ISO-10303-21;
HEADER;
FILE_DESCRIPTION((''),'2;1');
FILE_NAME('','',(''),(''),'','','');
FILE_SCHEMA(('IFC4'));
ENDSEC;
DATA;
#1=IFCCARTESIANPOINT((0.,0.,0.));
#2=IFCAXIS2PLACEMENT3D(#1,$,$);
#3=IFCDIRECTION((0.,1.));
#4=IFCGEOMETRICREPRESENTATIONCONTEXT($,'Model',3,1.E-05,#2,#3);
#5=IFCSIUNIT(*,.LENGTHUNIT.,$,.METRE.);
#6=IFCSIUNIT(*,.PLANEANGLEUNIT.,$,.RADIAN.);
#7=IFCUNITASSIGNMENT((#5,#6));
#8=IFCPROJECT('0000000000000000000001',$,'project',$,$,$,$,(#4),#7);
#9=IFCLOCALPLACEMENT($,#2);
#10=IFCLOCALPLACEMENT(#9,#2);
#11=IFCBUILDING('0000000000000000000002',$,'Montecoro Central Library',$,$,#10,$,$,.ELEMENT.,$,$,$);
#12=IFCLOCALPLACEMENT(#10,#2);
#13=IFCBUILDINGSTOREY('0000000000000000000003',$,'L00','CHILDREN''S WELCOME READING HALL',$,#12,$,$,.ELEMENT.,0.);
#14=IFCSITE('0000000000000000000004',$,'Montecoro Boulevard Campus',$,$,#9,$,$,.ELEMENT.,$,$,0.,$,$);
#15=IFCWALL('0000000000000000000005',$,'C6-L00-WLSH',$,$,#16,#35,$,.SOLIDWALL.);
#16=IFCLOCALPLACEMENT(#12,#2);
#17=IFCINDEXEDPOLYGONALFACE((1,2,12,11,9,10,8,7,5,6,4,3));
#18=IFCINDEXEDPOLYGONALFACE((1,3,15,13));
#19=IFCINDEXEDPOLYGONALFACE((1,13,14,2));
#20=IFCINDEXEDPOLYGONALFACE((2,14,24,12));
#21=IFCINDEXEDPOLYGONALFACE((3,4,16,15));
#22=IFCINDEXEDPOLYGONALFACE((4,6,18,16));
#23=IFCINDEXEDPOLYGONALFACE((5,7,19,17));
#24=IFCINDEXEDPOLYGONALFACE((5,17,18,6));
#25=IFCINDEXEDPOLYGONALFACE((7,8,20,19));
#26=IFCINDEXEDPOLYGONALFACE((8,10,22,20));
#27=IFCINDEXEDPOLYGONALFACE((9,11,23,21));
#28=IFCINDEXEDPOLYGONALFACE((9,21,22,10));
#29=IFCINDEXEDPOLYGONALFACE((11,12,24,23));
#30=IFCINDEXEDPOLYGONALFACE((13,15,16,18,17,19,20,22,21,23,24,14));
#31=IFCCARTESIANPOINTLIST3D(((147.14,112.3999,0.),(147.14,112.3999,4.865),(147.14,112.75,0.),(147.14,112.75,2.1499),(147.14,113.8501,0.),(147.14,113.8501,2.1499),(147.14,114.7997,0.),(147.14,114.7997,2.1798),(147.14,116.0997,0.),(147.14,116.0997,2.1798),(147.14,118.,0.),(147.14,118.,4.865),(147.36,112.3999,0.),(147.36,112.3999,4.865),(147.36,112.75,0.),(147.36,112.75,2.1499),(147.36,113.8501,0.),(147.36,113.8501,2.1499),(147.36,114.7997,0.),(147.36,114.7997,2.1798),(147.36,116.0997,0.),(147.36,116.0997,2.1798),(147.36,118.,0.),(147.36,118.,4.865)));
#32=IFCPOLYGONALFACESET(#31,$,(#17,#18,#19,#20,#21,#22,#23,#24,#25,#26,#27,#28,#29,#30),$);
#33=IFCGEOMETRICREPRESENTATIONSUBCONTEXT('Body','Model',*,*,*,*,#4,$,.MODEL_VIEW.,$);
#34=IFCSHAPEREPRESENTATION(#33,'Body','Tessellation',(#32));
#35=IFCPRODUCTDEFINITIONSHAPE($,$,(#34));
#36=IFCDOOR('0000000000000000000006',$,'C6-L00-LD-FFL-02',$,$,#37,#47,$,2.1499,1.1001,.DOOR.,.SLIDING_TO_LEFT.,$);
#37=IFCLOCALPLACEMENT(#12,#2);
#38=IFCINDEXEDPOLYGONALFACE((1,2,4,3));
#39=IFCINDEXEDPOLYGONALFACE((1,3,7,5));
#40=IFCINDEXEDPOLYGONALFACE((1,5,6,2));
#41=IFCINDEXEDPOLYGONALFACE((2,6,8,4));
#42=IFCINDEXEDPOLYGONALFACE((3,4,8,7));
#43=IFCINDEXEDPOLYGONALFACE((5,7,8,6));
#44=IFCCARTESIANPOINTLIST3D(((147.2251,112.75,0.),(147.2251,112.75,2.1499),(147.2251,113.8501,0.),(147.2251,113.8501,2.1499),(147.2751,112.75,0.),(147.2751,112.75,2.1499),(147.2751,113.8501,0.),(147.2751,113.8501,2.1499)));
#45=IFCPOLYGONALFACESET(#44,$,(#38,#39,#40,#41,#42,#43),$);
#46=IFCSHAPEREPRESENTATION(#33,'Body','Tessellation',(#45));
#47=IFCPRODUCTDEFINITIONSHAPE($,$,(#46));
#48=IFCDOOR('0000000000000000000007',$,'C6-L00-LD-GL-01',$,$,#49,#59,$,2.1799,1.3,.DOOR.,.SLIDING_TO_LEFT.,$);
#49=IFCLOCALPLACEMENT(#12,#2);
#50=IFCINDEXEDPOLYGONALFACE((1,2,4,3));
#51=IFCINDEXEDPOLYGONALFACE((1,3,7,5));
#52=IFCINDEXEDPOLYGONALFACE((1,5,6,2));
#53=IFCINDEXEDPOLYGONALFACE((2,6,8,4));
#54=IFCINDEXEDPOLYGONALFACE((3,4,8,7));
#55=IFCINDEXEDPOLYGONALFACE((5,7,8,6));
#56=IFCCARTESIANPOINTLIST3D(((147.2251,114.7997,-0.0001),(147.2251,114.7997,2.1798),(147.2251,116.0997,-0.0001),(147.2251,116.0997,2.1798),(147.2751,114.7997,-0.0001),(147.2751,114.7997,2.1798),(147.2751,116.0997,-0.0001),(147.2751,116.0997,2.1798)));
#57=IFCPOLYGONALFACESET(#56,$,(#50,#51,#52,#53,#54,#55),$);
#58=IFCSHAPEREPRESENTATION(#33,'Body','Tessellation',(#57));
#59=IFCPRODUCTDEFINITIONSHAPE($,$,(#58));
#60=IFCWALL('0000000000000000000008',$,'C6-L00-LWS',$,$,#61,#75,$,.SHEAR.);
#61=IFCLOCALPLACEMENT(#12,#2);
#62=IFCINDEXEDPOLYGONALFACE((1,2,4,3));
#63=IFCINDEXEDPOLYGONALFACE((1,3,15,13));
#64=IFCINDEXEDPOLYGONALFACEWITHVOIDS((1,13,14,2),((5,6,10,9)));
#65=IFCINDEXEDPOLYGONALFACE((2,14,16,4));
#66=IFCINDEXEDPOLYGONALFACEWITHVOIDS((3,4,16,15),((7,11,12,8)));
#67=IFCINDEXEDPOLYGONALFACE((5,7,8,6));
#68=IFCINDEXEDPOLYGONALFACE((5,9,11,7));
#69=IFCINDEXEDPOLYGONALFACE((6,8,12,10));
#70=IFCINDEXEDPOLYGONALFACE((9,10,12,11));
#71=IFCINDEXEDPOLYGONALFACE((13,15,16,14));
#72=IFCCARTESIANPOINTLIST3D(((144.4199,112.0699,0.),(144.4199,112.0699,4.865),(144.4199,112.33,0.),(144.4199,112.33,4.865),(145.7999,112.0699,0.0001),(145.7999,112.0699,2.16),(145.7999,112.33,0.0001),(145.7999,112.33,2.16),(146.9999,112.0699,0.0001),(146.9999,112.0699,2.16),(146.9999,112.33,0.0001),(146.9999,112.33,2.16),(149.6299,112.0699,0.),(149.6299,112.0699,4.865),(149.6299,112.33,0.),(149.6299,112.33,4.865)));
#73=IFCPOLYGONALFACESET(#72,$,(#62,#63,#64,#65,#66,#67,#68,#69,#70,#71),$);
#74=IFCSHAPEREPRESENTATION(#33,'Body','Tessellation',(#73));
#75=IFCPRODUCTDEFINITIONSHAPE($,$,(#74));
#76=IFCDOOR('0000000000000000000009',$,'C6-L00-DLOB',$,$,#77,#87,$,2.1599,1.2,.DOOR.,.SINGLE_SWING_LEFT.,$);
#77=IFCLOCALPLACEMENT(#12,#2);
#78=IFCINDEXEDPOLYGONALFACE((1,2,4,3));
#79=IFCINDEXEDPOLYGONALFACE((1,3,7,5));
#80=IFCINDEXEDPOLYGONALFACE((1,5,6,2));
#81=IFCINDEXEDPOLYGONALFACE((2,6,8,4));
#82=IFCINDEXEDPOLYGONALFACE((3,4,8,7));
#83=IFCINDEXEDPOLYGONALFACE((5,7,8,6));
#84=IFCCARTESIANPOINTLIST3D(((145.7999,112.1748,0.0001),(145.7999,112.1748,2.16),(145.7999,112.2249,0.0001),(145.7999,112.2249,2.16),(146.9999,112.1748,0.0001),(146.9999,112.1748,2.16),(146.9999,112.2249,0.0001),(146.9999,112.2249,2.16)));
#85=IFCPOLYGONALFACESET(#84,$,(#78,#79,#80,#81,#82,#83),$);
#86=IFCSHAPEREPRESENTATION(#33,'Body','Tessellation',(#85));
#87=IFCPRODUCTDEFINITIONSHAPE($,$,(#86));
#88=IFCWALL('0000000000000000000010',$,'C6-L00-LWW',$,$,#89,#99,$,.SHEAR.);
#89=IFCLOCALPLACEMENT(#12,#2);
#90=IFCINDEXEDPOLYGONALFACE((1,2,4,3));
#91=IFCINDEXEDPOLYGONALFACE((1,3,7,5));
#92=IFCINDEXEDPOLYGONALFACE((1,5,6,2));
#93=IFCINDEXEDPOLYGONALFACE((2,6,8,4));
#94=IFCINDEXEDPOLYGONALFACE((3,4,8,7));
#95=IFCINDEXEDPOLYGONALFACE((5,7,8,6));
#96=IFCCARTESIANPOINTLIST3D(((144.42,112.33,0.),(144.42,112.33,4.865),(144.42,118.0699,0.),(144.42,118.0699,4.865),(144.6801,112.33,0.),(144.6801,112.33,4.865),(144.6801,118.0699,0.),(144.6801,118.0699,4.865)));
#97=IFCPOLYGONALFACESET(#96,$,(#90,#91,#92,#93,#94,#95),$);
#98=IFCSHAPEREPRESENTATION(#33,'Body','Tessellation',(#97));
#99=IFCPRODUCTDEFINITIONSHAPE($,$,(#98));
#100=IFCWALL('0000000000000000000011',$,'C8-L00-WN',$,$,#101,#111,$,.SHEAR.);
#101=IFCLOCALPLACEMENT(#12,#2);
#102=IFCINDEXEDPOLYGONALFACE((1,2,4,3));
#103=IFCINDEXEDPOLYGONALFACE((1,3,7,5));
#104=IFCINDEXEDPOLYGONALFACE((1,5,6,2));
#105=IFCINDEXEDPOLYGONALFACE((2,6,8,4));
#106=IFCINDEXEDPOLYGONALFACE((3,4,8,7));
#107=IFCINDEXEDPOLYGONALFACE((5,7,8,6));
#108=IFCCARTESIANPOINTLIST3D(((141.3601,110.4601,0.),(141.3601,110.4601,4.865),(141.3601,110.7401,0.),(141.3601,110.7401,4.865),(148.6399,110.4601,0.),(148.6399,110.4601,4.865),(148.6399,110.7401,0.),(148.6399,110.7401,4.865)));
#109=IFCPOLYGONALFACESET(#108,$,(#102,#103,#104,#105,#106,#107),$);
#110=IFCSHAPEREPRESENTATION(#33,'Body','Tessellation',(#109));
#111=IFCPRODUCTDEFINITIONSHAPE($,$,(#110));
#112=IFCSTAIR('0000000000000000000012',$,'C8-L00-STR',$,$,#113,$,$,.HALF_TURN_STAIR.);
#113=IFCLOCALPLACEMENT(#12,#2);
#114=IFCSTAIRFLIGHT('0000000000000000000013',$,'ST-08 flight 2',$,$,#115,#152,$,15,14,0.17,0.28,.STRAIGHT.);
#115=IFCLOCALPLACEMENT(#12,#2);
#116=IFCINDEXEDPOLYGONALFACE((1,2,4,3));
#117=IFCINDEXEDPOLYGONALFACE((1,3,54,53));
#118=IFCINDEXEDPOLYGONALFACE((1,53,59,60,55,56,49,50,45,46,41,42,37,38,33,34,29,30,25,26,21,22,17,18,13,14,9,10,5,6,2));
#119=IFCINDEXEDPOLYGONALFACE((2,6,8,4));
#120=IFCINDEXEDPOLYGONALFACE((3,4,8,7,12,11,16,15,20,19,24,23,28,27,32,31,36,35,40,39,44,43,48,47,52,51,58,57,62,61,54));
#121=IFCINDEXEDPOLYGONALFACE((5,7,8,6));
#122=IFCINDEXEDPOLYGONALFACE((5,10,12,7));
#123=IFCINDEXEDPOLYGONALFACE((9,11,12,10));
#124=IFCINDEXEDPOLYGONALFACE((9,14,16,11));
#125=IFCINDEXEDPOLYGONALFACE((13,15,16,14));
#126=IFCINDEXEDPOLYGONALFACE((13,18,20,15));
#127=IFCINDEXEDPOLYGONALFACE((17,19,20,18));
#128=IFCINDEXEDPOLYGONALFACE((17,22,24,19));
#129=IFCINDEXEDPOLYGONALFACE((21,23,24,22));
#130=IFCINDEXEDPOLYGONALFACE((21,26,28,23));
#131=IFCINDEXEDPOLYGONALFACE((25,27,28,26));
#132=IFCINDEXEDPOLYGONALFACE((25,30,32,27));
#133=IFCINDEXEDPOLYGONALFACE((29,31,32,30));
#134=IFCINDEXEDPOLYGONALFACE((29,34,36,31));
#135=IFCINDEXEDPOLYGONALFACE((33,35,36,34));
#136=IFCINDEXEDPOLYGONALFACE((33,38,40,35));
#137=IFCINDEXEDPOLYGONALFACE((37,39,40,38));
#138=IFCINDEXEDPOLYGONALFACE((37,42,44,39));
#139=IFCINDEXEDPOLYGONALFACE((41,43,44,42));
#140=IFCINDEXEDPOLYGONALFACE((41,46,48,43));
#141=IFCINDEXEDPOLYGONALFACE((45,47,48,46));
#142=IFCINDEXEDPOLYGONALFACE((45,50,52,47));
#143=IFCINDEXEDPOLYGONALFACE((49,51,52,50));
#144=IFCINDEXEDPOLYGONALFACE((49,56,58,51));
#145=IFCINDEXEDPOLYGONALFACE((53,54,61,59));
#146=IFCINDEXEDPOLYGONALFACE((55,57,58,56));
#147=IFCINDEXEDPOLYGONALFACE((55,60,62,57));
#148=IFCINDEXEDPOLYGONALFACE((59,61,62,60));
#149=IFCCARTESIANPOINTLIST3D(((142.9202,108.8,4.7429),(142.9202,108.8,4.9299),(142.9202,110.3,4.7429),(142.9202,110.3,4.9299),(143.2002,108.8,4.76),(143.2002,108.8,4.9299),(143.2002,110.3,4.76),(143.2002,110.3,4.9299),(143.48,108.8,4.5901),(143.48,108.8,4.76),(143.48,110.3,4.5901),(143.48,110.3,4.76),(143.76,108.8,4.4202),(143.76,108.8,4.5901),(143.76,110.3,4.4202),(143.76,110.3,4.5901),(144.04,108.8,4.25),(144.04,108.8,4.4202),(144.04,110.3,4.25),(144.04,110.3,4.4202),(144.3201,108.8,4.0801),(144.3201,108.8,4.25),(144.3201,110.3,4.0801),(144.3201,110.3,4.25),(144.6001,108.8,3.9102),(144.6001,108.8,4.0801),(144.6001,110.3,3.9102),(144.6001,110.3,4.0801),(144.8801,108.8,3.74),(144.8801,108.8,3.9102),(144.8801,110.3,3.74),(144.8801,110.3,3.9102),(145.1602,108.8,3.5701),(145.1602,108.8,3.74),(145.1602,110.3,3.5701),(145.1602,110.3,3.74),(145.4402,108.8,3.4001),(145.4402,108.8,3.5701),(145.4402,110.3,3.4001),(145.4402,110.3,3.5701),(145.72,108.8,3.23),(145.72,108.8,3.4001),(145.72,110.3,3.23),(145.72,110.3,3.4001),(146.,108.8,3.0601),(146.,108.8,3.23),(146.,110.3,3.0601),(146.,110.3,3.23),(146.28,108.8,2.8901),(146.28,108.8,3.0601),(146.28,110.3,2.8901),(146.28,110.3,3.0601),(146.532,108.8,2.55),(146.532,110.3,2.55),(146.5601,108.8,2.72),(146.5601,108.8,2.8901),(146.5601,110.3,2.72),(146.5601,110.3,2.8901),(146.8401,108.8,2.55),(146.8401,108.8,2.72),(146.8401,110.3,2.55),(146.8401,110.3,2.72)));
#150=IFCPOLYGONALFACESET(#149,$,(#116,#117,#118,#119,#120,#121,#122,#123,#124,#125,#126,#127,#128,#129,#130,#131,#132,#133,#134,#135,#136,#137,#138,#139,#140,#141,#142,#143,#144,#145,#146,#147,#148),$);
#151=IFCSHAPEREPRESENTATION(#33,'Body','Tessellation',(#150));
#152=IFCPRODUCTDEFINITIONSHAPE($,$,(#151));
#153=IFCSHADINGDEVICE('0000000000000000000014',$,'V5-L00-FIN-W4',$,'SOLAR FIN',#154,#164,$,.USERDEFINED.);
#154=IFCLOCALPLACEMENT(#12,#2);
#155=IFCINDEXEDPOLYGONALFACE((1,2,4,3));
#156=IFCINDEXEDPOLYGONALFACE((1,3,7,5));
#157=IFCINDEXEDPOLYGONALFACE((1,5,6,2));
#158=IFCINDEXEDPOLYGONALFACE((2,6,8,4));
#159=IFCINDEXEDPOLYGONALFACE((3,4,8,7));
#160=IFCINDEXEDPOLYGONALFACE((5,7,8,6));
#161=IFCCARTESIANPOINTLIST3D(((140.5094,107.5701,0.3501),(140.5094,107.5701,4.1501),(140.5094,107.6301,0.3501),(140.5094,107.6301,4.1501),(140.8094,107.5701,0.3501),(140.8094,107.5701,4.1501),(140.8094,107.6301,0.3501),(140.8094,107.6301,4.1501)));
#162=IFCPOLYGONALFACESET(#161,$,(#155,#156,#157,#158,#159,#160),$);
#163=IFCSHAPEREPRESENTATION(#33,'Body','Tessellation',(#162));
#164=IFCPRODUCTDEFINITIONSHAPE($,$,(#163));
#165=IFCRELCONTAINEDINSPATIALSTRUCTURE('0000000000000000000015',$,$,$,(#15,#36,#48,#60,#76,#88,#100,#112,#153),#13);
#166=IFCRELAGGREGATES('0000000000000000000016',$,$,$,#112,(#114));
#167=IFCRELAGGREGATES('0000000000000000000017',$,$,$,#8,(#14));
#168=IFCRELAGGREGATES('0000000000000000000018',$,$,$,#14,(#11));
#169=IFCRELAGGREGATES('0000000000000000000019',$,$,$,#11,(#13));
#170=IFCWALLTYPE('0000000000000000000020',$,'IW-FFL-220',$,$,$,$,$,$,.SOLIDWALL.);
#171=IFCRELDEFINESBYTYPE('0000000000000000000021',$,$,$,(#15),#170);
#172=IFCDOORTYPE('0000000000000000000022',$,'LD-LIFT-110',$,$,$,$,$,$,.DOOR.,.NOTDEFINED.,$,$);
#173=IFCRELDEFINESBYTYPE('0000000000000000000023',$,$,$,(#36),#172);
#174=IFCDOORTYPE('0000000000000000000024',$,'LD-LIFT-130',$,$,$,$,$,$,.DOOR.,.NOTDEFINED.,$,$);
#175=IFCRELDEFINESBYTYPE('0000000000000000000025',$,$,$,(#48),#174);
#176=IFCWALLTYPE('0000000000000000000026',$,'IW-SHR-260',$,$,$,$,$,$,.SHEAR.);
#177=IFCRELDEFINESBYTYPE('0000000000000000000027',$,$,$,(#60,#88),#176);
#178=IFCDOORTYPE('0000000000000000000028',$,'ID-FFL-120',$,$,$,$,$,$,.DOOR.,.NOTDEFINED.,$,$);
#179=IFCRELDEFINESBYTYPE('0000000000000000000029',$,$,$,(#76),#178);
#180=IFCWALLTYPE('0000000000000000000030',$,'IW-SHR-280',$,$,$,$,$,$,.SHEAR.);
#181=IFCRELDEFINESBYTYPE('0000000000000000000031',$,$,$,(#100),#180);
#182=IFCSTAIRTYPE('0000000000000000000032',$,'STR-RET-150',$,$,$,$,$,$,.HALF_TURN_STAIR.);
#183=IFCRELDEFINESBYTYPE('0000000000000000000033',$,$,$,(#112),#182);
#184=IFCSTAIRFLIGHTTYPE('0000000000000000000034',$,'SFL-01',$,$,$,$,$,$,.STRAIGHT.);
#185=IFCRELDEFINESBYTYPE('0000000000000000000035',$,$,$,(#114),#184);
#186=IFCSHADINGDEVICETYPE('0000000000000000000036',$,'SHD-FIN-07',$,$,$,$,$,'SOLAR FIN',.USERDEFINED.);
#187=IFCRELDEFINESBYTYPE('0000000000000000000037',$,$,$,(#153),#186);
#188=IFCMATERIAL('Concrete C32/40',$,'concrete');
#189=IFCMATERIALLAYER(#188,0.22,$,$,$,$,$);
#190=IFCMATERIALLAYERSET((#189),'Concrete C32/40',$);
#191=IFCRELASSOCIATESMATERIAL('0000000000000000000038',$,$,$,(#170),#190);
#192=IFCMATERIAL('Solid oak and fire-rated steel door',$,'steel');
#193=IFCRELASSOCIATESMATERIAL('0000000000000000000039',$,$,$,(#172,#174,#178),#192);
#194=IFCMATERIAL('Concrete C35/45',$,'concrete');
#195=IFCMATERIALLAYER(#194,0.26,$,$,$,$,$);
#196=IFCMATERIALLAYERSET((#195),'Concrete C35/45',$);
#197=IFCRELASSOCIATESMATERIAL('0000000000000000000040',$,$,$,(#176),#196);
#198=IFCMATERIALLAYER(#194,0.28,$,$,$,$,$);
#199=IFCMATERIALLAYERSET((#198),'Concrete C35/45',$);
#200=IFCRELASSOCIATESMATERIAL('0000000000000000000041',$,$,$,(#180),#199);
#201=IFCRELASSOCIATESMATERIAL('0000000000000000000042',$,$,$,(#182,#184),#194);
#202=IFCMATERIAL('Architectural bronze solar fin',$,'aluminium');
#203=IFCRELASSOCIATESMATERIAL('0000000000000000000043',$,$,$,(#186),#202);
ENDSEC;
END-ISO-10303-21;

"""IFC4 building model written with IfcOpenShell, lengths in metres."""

from ifc_helpers import new_model, si_unit, direction, frame, frame_2d, origin, origin_2d, place, context, subcontext, project, spatial, polyline, rectangle, outline, extrude, material, layer, layer_set, type_object, element, fill, aggregate, save


model = new_model("IFC4")

# Units and contexts
model_context = context("Model", 3, precision=1e-05, world=origin(), true_north=direction((0.0, 1.0)))
body_context = subcontext(model_context, "Body", "Model", "MODEL_VIEW")
ifc_project = project(units=[si_unit("LENGTHUNIT", "METRE"), si_unit("PLANEANGLEUNIT", "RADIAN")], contexts=[model_context])

# Site, building, storey
site_placement = place(None, origin())
site = spatial("IfcSite", under=ifc_project, at=site_placement, Name="Montecoro Boulevard Campus", CompositionType="ELEMENT", RefElevation=0.0)
building_placement = place(site_placement, origin())
building = spatial("IfcBuilding", under=site, at=building_placement, Name="Montecoro Central Library", CompositionType="ELEMENT")
storey_placement = place(building_placement, origin())
storey = spatial("IfcBuildingStorey", under=building, at=storey_placement, Name="L00", Description="CHILDREN'S WELCOME READING HALL", CompositionType="ELEMENT", Elevation=0.0)

# Wall, openings, doors
ifc_material_1 = material(Name="Concrete C32/40", Category="concrete")
ifc_layer_1 = layer(ifc_material_1, 0.22)
ifc_layer_set_1 = layer_set([ifc_layer_1], Name="Concrete C32/40")
wall_type_1 = type_object("IfcWallType", Name="IW-FFL-220", PredefinedType="SOLIDWALL", material=ifc_layer_set_1)
wall_1_placement = place(storey_placement, frame((147.25, 112.3999, 0.0), z_axis=(0.0, 0.0, 1.0), x_axis=(0.0, 1.0, 0.0)))
wall_1 = element("IfcWall", 1, at=wall_1_placement, inside=storey, type_object=wall_type_1, Name="C6-L00-WLSH", PredefinedType="SOLIDWALL", context=body_context, shape_type="SweptSolid", body=[
    extrude(rectangle(XDim=5.6001, YDim=0.22, at=frame_2d((2.8, 0.0))), origin(), (0.0, 0.0, 1.0), 4.865),
])
opening_1_placement = place(wall_1_placement, frame((0.3501, 0.0, 0.0)))
opening_1 = element("IfcOpeningElement", 2, at=opening_1_placement, cuts=wall_1, PredefinedType="OPENING", context=body_context, shape_type="SweptSolid", body=[
    extrude(rectangle(XDim=1.1001, YDim=2.1499, at=frame_2d((0.55, 1.075))), frame((0.0, 0.1199, 0.0), z_axis=(0.0, -1.0, 0.0), x_axis=(1.0, 0.0, 0.0)), (0.0, 0.0, 1.0), 0.24),
])
opening_2_placement = place(wall_1_placement, frame((2.3999, 0.0, 0.0)))
opening_2 = element("IfcOpeningElement", 3, at=opening_2_placement, cuts=wall_1, PredefinedType="OPENING", context=body_context, shape_type="SweptSolid", body=[
    extrude(rectangle(XDim=1.3, YDim=2.1799, at=frame_2d((0.6499, 1.0898))), frame((0.0, 0.1199, 0.0), z_axis=(0.0, -1.0, 0.0), x_axis=(1.0, 0.0, 0.0)), (0.0, 0.0, 1.0), 0.24),
])
ifc_material_2 = material(Name="Solid oak and fire-rated steel door", Category="steel")
door_type_1 = type_object("IfcDoorType", Name="LD-LIFT-110", OperationType="NOTDEFINED", PredefinedType="DOOR", material=ifc_material_2)
door_1_placement = place(opening_1_placement, origin())
door_1 = element("IfcDoor", 4, at=door_1_placement, inside=storey, type_object=door_type_1, Name="C6-L00-LD-FFL-02", OperationType="SLIDING_TO_LEFT", OverallHeight=2.1499, OverallWidth=1.1001, PredefinedType="DOOR", context=body_context, shape_type="SweptSolid", body=[
    extrude(rectangle(XDim=1.1001, YDim=2.1499, at=frame_2d((0.55, 1.075))), frame((0.0, 0.0249, 0.0), z_axis=(0.0, -1.0, 0.0), x_axis=(1.0, 0.0, 0.0)), (0.0, 0.0, 1.0), 0.05),
])
fill(opening_1, door_1)
door_type_2 = type_object("IfcDoorType", Name="LD-LIFT-130", OperationType="NOTDEFINED", PredefinedType="DOOR", material=ifc_material_2)
door_2_placement = place(opening_2_placement, origin())
door_2 = element("IfcDoor", 5, at=door_2_placement, inside=storey, type_object=door_type_2, Name="C6-L00-LD-GL-01", OperationType="SLIDING_TO_LEFT", OverallHeight=2.1799, OverallWidth=1.3, PredefinedType="DOOR", context=body_context, shape_type="SweptSolid", body=[
    extrude(rectangle(XDim=1.3, YDim=2.1799, at=frame_2d((0.6499, 1.0898))), frame((0.0, 0.0249, 0.0), z_axis=(0.0, -1.0, 0.0), x_axis=(1.0, 0.0, 0.0)), (0.0, 0.0, 1.0), 0.05),
])
fill(opening_2, door_2)

# Wall, opening, door
ifc_material_3 = material(Name="Concrete C35/45", Category="concrete")
ifc_layer_2 = layer(ifc_material_3, 0.26)
ifc_layer_set_2 = layer_set([ifc_layer_2], Name="Concrete C35/45")
wall_type_2 = type_object("IfcWallType", Name="IW-SHR-260", PredefinedType="SHEAR", material=ifc_layer_set_2)
wall_2_placement = place(storey_placement, frame((144.4199, 112.2, 0.0), z_axis=(0.0, 0.0, 1.0), x_axis=(1.0, 0.0, 0.0)))
wall_2 = element("IfcWall", 6, at=wall_2_placement, inside=storey, type_object=wall_type_2, Name="C6-L00-LWS", PredefinedType="SHEAR", context=body_context, shape_type="SweptSolid", body=[
    extrude(rectangle(XDim=5.21, YDim=0.26, at=frame_2d((2.605, 0.0))), origin(), (0.0, 0.0, 1.0), 4.865),
])
opening_3_placement = place(wall_2_placement, frame((1.3799, 0.0, 0.0)))
opening_3 = element("IfcOpeningElement", 7, at=opening_3_placement, cuts=wall_2, PredefinedType="OPENING", context=body_context, shape_type="SweptSolid", body=[
    extrude(rectangle(XDim=1.2, YDim=2.1599, at=frame_2d((0.6001, 1.0801))), frame((0.0, 0.1399, 0.0), z_axis=(0.0, -1.0, 0.0), x_axis=(1.0, 0.0, 0.0)), (0.0, 0.0, 1.0), 0.28),
])
door_type_3 = type_object("IfcDoorType", Name="ID-FFL-120", OperationType="NOTDEFINED", PredefinedType="DOOR", material=ifc_material_2)
door_3_placement = place(opening_3_placement, origin())
door_3 = element("IfcDoor", 8, at=door_3_placement, inside=storey, type_object=door_type_3, Name="C6-L00-DLOB", OperationType="SINGLE_SWING_LEFT", OverallHeight=2.1599, OverallWidth=1.2, PredefinedType="DOOR", context=body_context, shape_type="SweptSolid", body=[
    extrude(rectangle(XDim=1.2, YDim=2.1599, at=frame_2d((0.6001, 1.0801))), frame((0.0, 0.0249, 0.0), z_axis=(0.0, -1.0, 0.0), x_axis=(1.0, 0.0, 0.0)), (0.0, 0.0, 1.0), 0.05),
])
fill(opening_3, door_3)

# Walls
wall_3_placement = place(storey_placement, frame((144.55, 118.0701, 0.0), z_axis=(0.0, 0.0, 1.0), x_axis=(0.0, -1.0, 0.0)))
element("IfcWall", 9, at=wall_3_placement, inside=storey, type_object=wall_type_2, Name="C6-L00-LWW", PredefinedType="SHEAR", context=body_context, shape_type="SweptSolid", body=[
    extrude(rectangle(XDim=5.74, YDim=0.26, at=frame_2d((2.8701, 0.0))), origin(), (0.0, 0.0, 1.0), 4.865),
])
ifc_layer_3 = layer(ifc_material_3, 0.28)
ifc_layer_set_3 = layer_set([ifc_layer_3], Name="Concrete C35/45")
wall_type_3 = type_object("IfcWallType", Name="IW-SHR-280", PredefinedType="SHEAR", material=ifc_layer_set_3)
wall_4_placement = place(storey_placement, frame((141.3601, 110.6001, 0.0), z_axis=(0.0, 0.0, 1.0), x_axis=(1.0, 0.0, 0.0)))
element("IfcWall", 10, at=wall_4_placement, inside=storey, type_object=wall_type_3, Name="C8-L00-WN", PredefinedType="SHEAR", context=body_context, shape_type="SweptSolid", body=[
    extrude(rectangle(XDim=7.2798, YDim=0.28, at=frame_2d((3.6399, 0.0))), origin(), (0.0, 0.0, 1.0), 4.865),
])

# Stair, stair flight
stair_type = type_object("IfcStairType", Name="STR-RET-150", PredefinedType="HALF_TURN_STAIR", material=ifc_material_3)
stair_placement = place(storey_placement, origin())
stair = element("IfcStair", 11, at=stair_placement, inside=storey, type_object=stair_type, Name="C8-L00-STR", PredefinedType="HALF_TURN_STAIR")
stair_flight_type = type_object("IfcStairFlightType", Name="SFL-01", PredefinedType="STRAIGHT", material=ifc_material_3)
stair_flight_placement = place(storey_placement, frame((146.8401, 109.55, 2.55), z_axis=(0.0, 0.0, 1.0), x_axis=(-1.0, 0.0, 0.0)))
stair_flight = element("IfcStairFlight", 12, at=stair_flight_placement, type_object=stair_flight_type, Name="ST-08 flight 2", NumberOfRisers=15, NumberOfTreads=14, PredefinedType="STRAIGHT", RiserHeight=0.17, TreadLength=0.28, context=body_context, shape_type="SweptSolid", body=[
    extrude(outline(polyline([(0.0, 0.0), (0.0, 0.1699), (0.28, 0.1699), (0.28, 0.3401), (0.5601, 0.3401), (0.5601, 0.51), (0.8401, 0.51), (0.8401, 0.6799), (1.1201, 0.6799), (1.1201, 0.8501), (1.3999, 0.8501), (1.3999, 1.02), (1.6799, 1.02), (1.6799, 1.1899), (1.96, 1.1899), (1.96, 1.3601), (2.24, 1.3601), (2.24, 1.53), (2.52, 1.53), (2.52, 1.7), (2.8, 1.7), (2.8, 1.8701), (3.0801, 1.8701), (3.0801, 2.04), (3.3601, 2.04), (3.3601, 2.21), (3.6399, 2.21), (3.6399, 2.3799), (3.9199, 2.3799), (3.9199, 2.55), (3.9199, 2.1929), (0.3081, 0.0), (0.0, 0.0)])), frame((0.0, 0.75, 0.0), z_axis=(0.0, -1.0, 0.0), x_axis=(1.0, 0.0, 0.0)), (0.0, 0.0, 1.0), 1.5),
])
aggregate(stair, [stair_flight])

# Shading device
ifc_material_4 = material(Name="Architectural bronze solar fin", Category="aluminium")
shading_device_type = type_object("IfcShadingDeviceType", Name="SHD-FIN-07", ElementType="SOLAR FIN", PredefinedType="USERDEFINED", material=ifc_material_4)
shading_device_placement = place(storey_placement, frame((140.6594, 107.6001, 0.3501), z_axis=(0.0, 0.0, 1.0), x_axis=(0.0, -1.0, 0.0)))
element("IfcShadingDevice", 13, at=shading_device_placement, inside=storey, type_object=shading_device_type, Name="V5-L00-FIN-W4", ObjectType="SOLAR FIN", PredefinedType="USERDEFINED", context=body_context, shape_type="SweptSolid", body=[
    extrude(rectangle(XDim=0.0601, YDim=0.3, at=origin_2d()), origin(), (0.0, 0.0, 1.0), 3.8),
])

save(model, "model.ifc")
